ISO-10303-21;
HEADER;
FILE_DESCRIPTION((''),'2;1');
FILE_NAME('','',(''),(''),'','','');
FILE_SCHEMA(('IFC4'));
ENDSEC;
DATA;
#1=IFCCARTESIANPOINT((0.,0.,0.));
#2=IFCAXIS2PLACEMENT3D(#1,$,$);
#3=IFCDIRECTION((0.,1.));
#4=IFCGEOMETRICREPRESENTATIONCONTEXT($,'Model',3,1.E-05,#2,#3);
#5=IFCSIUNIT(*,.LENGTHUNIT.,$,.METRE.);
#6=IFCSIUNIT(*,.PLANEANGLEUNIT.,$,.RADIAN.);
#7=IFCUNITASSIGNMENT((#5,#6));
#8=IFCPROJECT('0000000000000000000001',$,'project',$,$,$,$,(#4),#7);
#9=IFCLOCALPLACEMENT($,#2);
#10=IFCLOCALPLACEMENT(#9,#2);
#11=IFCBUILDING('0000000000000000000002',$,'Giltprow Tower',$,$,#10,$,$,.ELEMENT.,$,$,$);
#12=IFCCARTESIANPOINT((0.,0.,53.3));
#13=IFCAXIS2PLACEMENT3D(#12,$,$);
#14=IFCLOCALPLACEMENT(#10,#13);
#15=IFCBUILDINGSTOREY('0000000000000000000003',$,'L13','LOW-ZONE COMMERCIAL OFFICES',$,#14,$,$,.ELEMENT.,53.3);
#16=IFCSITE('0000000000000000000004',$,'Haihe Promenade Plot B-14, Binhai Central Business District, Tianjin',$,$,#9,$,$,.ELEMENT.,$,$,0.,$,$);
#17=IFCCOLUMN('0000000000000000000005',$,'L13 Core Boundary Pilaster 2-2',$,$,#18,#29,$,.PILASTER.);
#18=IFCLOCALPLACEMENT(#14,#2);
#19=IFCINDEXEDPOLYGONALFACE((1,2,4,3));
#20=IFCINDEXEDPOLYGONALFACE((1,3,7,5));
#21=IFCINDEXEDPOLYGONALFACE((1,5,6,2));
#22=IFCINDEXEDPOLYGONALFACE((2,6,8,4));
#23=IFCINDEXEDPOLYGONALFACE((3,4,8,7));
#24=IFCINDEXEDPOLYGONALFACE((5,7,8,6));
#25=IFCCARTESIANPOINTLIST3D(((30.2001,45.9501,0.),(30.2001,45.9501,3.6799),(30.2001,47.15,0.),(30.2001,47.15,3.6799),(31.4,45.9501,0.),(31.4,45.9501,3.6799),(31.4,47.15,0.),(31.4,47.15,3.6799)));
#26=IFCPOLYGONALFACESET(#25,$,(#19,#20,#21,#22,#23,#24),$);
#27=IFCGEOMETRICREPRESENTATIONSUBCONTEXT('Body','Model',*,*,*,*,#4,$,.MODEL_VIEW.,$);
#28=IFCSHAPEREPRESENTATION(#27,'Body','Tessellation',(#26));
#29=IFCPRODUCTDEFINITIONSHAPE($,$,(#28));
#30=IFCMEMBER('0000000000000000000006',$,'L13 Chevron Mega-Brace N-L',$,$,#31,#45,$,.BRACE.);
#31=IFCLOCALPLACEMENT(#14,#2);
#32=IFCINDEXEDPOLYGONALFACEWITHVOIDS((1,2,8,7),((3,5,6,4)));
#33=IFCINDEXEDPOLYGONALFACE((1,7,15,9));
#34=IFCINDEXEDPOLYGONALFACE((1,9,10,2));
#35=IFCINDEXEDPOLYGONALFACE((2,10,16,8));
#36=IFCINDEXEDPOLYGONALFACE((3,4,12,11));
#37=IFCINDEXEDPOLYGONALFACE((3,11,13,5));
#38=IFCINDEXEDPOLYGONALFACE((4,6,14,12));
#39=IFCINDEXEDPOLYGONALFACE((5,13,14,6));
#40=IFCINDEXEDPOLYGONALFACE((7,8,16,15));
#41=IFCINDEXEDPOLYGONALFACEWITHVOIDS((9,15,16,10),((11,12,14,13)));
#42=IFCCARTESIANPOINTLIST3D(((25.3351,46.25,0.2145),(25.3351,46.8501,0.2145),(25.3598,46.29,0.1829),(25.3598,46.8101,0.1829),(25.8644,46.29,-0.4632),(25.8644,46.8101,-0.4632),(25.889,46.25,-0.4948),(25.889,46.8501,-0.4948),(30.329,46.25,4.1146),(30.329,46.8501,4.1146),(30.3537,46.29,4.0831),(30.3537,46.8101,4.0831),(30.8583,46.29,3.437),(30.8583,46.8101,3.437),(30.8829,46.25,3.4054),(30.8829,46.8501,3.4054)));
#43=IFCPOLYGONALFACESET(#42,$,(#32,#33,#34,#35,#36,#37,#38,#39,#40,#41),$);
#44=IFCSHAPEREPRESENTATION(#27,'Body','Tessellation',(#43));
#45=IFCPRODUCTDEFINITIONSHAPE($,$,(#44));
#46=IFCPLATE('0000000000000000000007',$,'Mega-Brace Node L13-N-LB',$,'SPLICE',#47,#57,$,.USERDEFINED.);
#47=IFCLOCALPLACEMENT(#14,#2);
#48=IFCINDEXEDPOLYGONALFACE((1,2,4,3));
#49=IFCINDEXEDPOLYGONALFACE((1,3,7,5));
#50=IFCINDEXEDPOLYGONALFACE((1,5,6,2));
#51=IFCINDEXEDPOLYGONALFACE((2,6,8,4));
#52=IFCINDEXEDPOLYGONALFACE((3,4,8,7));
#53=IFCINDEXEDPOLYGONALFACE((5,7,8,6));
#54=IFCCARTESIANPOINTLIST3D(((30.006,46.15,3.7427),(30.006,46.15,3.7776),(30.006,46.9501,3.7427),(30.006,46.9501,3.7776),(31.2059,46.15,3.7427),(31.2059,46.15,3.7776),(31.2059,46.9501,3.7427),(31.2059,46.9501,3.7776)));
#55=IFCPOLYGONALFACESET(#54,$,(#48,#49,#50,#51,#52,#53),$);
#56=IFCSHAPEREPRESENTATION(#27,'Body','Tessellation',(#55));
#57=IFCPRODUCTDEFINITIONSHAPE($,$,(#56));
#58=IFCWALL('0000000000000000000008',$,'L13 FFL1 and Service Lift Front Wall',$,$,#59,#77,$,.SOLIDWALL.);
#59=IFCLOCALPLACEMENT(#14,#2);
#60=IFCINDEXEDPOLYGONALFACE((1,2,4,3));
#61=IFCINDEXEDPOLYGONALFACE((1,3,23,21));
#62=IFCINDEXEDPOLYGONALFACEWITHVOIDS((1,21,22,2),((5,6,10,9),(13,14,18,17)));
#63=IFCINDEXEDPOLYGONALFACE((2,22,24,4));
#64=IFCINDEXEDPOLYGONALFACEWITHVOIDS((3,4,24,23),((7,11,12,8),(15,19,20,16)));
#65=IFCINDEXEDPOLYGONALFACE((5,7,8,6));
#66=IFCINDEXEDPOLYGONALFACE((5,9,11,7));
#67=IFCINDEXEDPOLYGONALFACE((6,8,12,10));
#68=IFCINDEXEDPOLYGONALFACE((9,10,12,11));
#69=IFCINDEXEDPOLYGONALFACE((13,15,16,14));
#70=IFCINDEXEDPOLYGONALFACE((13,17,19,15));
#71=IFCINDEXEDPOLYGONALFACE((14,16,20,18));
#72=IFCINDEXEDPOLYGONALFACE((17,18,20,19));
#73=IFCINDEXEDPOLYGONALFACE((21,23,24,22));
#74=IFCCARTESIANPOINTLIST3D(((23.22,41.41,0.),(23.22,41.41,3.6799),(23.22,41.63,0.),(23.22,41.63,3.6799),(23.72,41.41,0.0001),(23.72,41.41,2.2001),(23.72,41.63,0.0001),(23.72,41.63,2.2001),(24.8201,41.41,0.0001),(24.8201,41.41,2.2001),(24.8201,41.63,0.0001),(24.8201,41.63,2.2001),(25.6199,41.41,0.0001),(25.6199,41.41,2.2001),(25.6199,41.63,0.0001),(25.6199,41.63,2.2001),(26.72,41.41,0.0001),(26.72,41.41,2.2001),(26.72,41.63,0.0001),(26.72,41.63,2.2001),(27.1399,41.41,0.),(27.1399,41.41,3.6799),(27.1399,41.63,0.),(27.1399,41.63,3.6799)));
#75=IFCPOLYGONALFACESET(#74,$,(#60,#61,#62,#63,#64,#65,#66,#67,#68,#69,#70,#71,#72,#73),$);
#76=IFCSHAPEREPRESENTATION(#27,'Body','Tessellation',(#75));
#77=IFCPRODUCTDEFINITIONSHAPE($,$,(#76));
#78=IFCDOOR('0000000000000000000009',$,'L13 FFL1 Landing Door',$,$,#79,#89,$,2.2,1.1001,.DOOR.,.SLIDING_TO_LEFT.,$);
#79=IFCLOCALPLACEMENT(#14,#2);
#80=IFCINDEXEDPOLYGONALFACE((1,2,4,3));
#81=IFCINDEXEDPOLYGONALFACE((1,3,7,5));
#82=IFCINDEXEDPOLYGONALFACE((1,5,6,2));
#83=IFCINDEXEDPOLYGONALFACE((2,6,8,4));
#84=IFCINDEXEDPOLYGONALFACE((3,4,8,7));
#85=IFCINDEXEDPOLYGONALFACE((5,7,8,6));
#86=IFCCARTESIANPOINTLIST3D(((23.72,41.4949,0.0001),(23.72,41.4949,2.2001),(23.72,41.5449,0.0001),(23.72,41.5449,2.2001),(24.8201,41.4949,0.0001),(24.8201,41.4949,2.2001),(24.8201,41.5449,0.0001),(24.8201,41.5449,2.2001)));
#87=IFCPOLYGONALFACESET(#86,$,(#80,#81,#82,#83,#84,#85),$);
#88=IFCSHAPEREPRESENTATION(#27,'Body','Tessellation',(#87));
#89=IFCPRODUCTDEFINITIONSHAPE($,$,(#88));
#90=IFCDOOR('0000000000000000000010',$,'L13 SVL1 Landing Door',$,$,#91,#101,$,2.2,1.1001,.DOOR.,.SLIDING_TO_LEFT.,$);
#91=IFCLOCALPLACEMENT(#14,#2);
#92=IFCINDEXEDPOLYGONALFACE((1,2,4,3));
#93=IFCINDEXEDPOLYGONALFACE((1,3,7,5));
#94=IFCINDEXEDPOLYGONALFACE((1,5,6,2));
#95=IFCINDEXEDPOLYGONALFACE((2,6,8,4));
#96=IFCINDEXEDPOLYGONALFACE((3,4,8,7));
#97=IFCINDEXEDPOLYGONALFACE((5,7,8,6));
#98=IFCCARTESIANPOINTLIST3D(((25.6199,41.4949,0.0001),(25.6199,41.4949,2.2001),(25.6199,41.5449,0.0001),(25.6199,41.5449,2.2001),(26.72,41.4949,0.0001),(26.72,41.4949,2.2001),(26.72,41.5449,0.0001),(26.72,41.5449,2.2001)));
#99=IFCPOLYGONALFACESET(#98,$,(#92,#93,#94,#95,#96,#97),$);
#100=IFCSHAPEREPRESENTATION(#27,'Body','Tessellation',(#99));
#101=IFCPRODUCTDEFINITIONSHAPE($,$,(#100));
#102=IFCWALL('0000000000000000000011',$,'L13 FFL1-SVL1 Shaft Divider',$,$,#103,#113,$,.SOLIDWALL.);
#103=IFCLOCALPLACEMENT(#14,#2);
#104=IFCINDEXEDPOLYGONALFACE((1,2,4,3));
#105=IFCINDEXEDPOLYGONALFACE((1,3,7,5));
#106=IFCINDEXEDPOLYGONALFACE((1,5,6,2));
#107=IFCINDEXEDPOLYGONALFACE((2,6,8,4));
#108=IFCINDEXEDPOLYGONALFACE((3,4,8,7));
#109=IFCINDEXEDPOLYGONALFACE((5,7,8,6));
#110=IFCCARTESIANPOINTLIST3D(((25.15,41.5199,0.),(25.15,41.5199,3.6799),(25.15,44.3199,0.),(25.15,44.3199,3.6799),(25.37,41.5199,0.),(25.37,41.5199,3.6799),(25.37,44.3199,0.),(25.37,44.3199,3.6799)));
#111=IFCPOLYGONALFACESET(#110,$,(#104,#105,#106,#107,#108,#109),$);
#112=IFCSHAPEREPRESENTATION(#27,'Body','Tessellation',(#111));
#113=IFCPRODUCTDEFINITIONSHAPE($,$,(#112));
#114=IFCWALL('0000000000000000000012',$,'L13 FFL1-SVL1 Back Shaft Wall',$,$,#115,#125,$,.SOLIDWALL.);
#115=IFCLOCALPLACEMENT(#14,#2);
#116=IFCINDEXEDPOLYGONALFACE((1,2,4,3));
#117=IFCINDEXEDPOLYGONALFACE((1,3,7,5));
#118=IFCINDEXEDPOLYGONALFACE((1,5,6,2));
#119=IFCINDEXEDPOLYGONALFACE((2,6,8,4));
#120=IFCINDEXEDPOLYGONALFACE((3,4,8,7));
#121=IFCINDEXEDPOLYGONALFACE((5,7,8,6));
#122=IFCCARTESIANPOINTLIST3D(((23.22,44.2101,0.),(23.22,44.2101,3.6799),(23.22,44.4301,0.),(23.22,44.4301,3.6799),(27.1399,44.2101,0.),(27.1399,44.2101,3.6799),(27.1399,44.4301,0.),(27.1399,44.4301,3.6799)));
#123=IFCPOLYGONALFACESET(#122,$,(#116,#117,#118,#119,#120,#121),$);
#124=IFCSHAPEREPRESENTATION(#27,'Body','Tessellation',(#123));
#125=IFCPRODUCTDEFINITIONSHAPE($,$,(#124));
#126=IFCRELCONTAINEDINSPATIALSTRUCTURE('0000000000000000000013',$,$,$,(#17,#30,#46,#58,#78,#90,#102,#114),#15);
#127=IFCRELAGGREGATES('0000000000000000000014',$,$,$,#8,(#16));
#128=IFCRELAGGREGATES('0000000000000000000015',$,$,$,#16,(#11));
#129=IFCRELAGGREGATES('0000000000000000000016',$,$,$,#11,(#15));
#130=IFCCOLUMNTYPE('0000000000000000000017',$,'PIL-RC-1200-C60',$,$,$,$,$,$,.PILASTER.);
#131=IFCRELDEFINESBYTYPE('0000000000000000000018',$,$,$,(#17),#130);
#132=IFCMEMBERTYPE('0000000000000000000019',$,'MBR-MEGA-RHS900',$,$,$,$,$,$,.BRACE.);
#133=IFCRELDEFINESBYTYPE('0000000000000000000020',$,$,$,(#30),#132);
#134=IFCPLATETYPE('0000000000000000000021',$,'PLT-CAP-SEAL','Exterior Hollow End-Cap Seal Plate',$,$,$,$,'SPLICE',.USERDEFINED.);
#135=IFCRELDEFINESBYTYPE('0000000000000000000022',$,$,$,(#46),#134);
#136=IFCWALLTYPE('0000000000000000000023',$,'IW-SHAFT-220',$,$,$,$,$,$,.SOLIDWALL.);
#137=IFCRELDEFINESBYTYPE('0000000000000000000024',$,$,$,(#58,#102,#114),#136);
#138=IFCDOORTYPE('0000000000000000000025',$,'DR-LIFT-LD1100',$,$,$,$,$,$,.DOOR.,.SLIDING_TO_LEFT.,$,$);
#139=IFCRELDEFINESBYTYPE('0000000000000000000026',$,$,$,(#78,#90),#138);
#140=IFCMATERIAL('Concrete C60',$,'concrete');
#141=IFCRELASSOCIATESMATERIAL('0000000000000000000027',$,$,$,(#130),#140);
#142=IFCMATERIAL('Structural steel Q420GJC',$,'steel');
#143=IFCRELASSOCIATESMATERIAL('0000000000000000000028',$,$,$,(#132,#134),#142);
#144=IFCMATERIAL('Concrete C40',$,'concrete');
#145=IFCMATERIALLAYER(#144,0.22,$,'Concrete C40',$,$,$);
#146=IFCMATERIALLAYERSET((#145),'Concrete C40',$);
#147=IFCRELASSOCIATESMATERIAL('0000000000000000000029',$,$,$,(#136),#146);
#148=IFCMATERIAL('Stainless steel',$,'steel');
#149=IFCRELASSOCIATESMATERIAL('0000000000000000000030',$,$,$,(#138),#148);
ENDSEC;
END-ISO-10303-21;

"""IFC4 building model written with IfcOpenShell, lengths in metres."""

from ifc_helpers import new_model, si_unit, direction, frame, frame_2d, origin, origin_2d, place, context, subcontext, project, spatial, rectangle, hollow_rectangle, extrude, source, transform, mapped, material, layer, layer_set, material_profile, profile_set, type_object, element, fill, save


model = new_model("IFC4")

# Units and contexts
model_context = context("Model", 3, precision=1e-05, world=origin(), true_north=direction((0.0, 1.0)))
body_context = subcontext(model_context, "Body", "Model", "MODEL_VIEW")
ifc_project = project(units=[si_unit("LENGTHUNIT", "METRE"), si_unit("PLANEANGLEUNIT", "RADIAN")], contexts=[model_context])

# Site, building, storey
site_placement = place(None, origin())
site = spatial("IfcSite", under=ifc_project, at=site_placement, Name="Haihe Promenade Plot B-14, Binhai Central Business District, Tianjin", CompositionType="ELEMENT", RefElevation=0.0)
building_placement = place(site_placement, origin())
building = spatial("IfcBuilding", under=site, at=building_placement, Name="Giltprow Tower", CompositionType="ELEMENT")
storey_placement = place(building_placement, frame((0.0, 0.0, 53.3)))
storey = spatial("IfcBuildingStorey", under=building, at=storey_placement, Name="L13", Description="LOW-ZONE COMMERCIAL OFFICES", CompositionType="ELEMENT", Elevation=53.3)

# Column
ifc_material_1 = material(Name="Concrete C60", Category="concrete")
ifc_material_profile_1 = material_profile(ifc_material_1, rectangle(XDim=1.2, YDim=1.2, at=origin_2d()), Name="RC 1200x1200")
ifc_profile_set_1 = profile_set([ifc_material_profile_1], Name="Concrete C60")
column_type = type_object("IfcColumnType", Name="PIL-RC-1200-C60", PredefinedType="PILASTER", material=ifc_profile_set_1)
shared_shape_1 = source(origin(), body_context, "Body", "SweptSolid", [
    extrude(rectangle(XDim=1.2, YDim=1.2, at=origin_2d()), origin(), (0.0, 0.0, 1.0), 3.6799),
])
column_placement = place(storey_placement, frame((30.8, 46.55, 0.0), z_axis=(0.0, 0.0, 1.0), x_axis=(1.0, 0.0, 0.0)))
element("IfcColumn", 1, at=column_placement, inside=storey, type_object=column_type, Name="L13 Core Boundary Pilaster 2-2", PredefinedType="PILASTER", context=body_context, shape_type="MappedRepresentation", body=[
    mapped(shared_shape_1, transform((0.0, 0.0, 0.0), x_axis=(1.0, 0.0, 0.0), y_axis=(0.0, 1.0, 0.0), z_axis=(0.0, 0.0, 1.0), scale=1.0)),
])

# Member
ifc_material_2 = material(Name="Structural steel Q420GJC", Category="steel")
ifc_material_profile_2 = material_profile(ifc_material_2, hollow_rectangle(XDim=0.6001, YDim=0.8999, WallThickness=0.04, at=origin_2d()), Name="RHS 900x600x40")
ifc_profile_set_2 = profile_set([ifc_material_profile_2], Name="Structural steel Q420GJC")
member_type = type_object("IfcMemberType", Name="MBR-MEGA-RHS900", PredefinedType="BRACE", material=ifc_profile_set_2)
shared_shape_2 = source(origin(), body_context, "Body", "SweptSolid", [
    extrude(hollow_rectangle(XDim=0.6001, YDim=0.8999, WallThickness=0.04, at=origin_2d()), origin(), (0.0, 0.0, 1.0), 6.3364),
])
member_placement = place(storey_placement, frame((25.6121, 46.55, -0.1401), z_axis=(0.788127, 0.0, 0.615513), x_axis=(0.0, 1.0, 0.0)))
element("IfcMember", 2, at=member_placement, inside=storey, type_object=member_type, Name="L13 Chevron Mega-Brace N-L", PredefinedType="BRACE", context=body_context, shape_type="MappedRepresentation", body=[
    mapped(shared_shape_2, transform((0.0, 0.0, 0.0), x_axis=(1.0, 0.0, 0.0), y_axis=(0.0, 1.0, 0.0), z_axis=(0.0, 0.0, 1.0), scale=1.0)),
])

# Plate
plate_type = type_object("IfcPlateType", Name="PLT-CAP-SEAL", Description="Exterior Hollow End-Cap Seal Plate", ElementType="SPLICE", PredefinedType="USERDEFINED", material=ifc_material_2)
shared_shape_3 = source(origin(), body_context, "Body", "SweptSolid", [
    extrude(rectangle(XDim=1.2, YDim=0.8, at=origin_2d()), origin(), (0.0, 0.0, 1.0), 0.0349),
])
plate_placement = place(storey_placement, frame((30.606, 46.55, 3.7427), z_axis=(0.0, 0.0, 1.0), x_axis=(1.0, 0.0, 0.0)))
element("IfcPlate", 3, at=plate_placement, inside=storey, type_object=plate_type, Name="Mega-Brace Node L13-N-LB", ObjectType="SPLICE", PredefinedType="USERDEFINED", context=body_context, shape_type="MappedRepresentation", body=[
    mapped(shared_shape_3, transform((0.0, 0.0, 0.0), x_axis=(1.0, 0.0, 0.0), y_axis=(0.0, 1.0, 0.0), z_axis=(0.0, 0.0, 1.0), scale=1.0)),
])

# Wall, openings, doors
ifc_material_3 = material(Name="Concrete C40", Category="concrete")
ifc_layer_1 = layer(ifc_material_3, 0.22, Name="Concrete C40")
ifc_layer_set_1 = layer_set([ifc_layer_1], Name="Concrete C40")
wall_type_1 = type_object("IfcWallType", Name="IW-SHAFT-220", PredefinedType="SOLIDWALL", material=ifc_layer_set_1)
wall_1_placement = place(storey_placement, frame((23.22, 41.52, 0.0), z_axis=(0.0, 0.0, 1.0), x_axis=(1.0, 0.0, 0.0)))
wall_1 = element("IfcWall", 4, at=wall_1_placement, inside=storey, type_object=wall_type_1, Name="L13 FFL1 and Service Lift Front Wall", PredefinedType="SOLIDWALL", context=body_context, shape_type="SweptSolid", body=[
    extrude(rectangle(XDim=3.9199, YDim=0.22, at=frame_2d((1.96, 0.0))), origin(), (0.0, 0.0, 1.0), 3.6799),
])
opening_1_placement = place(wall_1_placement, frame((0.5, 0.0, 0.0)))
opening_1 = element("IfcOpeningElement", 5, at=opening_1_placement, cuts=wall_1, PredefinedType="OPENING", context=body_context, shape_type="SweptSolid", body=[
    extrude(rectangle(XDim=1.1001, YDim=2.2, at=frame_2d((0.55, 1.1001))), frame((0.0, 0.1199, 0.0), z_axis=(0.0, -1.0, 0.0), x_axis=(1.0, 0.0, 0.0)), (0.0, 0.0, 1.0), 0.24),
])
opening_2_placement = place(wall_1_placement, frame((2.3999, 0.0, 0.0)))
opening_2 = element("IfcOpeningElement", 6, at=opening_2_placement, cuts=wall_1, PredefinedType="OPENING", context=body_context, shape_type="SweptSolid", body=[
    extrude(rectangle(XDim=1.1001, YDim=2.2, at=frame_2d((0.55, 1.1001))), frame((0.0, 0.1199, 0.0), z_axis=(0.0, -1.0, 0.0), x_axis=(1.0, 0.0, 0.0)), (0.0, 0.0, 1.0), 0.24),
])
ifc_material_4 = material(Name="Stainless steel", Category="steel")
door_type = type_object("IfcDoorType", Name="DR-LIFT-LD1100", OperationType="SLIDING_TO_LEFT", PredefinedType="DOOR", material=ifc_material_4)
shared_shape_4 = source(origin(), body_context, "Body", "SweptSolid", [
    extrude(rectangle(XDim=1.1001, YDim=2.2, at=frame_2d((0.55, 1.1001))), frame((0.0, 0.0249, 0.0), z_axis=(0.0, -1.0, 0.0), x_axis=(1.0, 0.0, 0.0)), (0.0, 0.0, 1.0), 0.05),
])
door_1_placement = place(opening_1_placement, origin())
door_1 = element("IfcDoor", 7, at=door_1_placement, inside=storey, type_object=door_type, Name="L13 FFL1 Landing Door", OperationType="SLIDING_TO_LEFT", OverallHeight=2.2, OverallWidth=1.1001, PredefinedType="DOOR", context=body_context, shape_type="MappedRepresentation", body=[
    mapped(shared_shape_4, transform((0.0, 0.0, 0.0), x_axis=(1.0, 0.0, 0.0), y_axis=(0.0, 1.0, 0.0), z_axis=(0.0, 0.0, 1.0), scale=1.0)),
])
fill(opening_1, door_1)
door_2_placement = place(opening_2_placement, origin())
door_2 = element("IfcDoor", 8, at=door_2_placement, inside=storey, type_object=door_type, Name="L13 SVL1 Landing Door", OperationType="SLIDING_TO_LEFT", OverallHeight=2.2, OverallWidth=1.1001, PredefinedType="DOOR", context=body_context, shape_type="MappedRepresentation", body=[
    mapped(shared_shape_4, transform((0.0, 0.0, 0.0), x_axis=(1.0, 0.0, 0.0), y_axis=(0.0, 1.0, 0.0), z_axis=(0.0, 0.0, 1.0), scale=1.0)),
])
fill(opening_2, door_2)

# Walls
wall_2_placement = place(storey_placement, frame((25.26, 41.52, 0.0), z_axis=(0.0, 0.0, 1.0), x_axis=(0.0, 1.0, 0.0)))
element("IfcWall", 9, at=wall_2_placement, inside=storey, type_object=wall_type_1, Name="L13 FFL1-SVL1 Shaft Divider", PredefinedType="SOLIDWALL", context=body_context, shape_type="SweptSolid", body=[
    extrude(rectangle(XDim=2.8, YDim=0.22, at=frame_2d((1.3999, 0.0))), origin(), (0.0, 0.0, 1.0), 3.6799),
])
wall_3_placement = place(storey_placement, frame((23.22, 44.3201, 0.0), z_axis=(0.0, 0.0, 1.0), x_axis=(1.0, 0.0, 0.0)))
element("IfcWall", 10, at=wall_3_placement, inside=storey, type_object=wall_type_1, Name="L13 FFL1-SVL1 Back Shaft Wall", PredefinedType="SOLIDWALL", context=body_context, shape_type="SweptSolid", body=[
    extrude(rectangle(XDim=3.9199, YDim=0.22, at=frame_2d((1.96, 0.0))), origin(), (0.0, 0.0, 1.0), 3.6799),
])

save(model, "model.ifc")
